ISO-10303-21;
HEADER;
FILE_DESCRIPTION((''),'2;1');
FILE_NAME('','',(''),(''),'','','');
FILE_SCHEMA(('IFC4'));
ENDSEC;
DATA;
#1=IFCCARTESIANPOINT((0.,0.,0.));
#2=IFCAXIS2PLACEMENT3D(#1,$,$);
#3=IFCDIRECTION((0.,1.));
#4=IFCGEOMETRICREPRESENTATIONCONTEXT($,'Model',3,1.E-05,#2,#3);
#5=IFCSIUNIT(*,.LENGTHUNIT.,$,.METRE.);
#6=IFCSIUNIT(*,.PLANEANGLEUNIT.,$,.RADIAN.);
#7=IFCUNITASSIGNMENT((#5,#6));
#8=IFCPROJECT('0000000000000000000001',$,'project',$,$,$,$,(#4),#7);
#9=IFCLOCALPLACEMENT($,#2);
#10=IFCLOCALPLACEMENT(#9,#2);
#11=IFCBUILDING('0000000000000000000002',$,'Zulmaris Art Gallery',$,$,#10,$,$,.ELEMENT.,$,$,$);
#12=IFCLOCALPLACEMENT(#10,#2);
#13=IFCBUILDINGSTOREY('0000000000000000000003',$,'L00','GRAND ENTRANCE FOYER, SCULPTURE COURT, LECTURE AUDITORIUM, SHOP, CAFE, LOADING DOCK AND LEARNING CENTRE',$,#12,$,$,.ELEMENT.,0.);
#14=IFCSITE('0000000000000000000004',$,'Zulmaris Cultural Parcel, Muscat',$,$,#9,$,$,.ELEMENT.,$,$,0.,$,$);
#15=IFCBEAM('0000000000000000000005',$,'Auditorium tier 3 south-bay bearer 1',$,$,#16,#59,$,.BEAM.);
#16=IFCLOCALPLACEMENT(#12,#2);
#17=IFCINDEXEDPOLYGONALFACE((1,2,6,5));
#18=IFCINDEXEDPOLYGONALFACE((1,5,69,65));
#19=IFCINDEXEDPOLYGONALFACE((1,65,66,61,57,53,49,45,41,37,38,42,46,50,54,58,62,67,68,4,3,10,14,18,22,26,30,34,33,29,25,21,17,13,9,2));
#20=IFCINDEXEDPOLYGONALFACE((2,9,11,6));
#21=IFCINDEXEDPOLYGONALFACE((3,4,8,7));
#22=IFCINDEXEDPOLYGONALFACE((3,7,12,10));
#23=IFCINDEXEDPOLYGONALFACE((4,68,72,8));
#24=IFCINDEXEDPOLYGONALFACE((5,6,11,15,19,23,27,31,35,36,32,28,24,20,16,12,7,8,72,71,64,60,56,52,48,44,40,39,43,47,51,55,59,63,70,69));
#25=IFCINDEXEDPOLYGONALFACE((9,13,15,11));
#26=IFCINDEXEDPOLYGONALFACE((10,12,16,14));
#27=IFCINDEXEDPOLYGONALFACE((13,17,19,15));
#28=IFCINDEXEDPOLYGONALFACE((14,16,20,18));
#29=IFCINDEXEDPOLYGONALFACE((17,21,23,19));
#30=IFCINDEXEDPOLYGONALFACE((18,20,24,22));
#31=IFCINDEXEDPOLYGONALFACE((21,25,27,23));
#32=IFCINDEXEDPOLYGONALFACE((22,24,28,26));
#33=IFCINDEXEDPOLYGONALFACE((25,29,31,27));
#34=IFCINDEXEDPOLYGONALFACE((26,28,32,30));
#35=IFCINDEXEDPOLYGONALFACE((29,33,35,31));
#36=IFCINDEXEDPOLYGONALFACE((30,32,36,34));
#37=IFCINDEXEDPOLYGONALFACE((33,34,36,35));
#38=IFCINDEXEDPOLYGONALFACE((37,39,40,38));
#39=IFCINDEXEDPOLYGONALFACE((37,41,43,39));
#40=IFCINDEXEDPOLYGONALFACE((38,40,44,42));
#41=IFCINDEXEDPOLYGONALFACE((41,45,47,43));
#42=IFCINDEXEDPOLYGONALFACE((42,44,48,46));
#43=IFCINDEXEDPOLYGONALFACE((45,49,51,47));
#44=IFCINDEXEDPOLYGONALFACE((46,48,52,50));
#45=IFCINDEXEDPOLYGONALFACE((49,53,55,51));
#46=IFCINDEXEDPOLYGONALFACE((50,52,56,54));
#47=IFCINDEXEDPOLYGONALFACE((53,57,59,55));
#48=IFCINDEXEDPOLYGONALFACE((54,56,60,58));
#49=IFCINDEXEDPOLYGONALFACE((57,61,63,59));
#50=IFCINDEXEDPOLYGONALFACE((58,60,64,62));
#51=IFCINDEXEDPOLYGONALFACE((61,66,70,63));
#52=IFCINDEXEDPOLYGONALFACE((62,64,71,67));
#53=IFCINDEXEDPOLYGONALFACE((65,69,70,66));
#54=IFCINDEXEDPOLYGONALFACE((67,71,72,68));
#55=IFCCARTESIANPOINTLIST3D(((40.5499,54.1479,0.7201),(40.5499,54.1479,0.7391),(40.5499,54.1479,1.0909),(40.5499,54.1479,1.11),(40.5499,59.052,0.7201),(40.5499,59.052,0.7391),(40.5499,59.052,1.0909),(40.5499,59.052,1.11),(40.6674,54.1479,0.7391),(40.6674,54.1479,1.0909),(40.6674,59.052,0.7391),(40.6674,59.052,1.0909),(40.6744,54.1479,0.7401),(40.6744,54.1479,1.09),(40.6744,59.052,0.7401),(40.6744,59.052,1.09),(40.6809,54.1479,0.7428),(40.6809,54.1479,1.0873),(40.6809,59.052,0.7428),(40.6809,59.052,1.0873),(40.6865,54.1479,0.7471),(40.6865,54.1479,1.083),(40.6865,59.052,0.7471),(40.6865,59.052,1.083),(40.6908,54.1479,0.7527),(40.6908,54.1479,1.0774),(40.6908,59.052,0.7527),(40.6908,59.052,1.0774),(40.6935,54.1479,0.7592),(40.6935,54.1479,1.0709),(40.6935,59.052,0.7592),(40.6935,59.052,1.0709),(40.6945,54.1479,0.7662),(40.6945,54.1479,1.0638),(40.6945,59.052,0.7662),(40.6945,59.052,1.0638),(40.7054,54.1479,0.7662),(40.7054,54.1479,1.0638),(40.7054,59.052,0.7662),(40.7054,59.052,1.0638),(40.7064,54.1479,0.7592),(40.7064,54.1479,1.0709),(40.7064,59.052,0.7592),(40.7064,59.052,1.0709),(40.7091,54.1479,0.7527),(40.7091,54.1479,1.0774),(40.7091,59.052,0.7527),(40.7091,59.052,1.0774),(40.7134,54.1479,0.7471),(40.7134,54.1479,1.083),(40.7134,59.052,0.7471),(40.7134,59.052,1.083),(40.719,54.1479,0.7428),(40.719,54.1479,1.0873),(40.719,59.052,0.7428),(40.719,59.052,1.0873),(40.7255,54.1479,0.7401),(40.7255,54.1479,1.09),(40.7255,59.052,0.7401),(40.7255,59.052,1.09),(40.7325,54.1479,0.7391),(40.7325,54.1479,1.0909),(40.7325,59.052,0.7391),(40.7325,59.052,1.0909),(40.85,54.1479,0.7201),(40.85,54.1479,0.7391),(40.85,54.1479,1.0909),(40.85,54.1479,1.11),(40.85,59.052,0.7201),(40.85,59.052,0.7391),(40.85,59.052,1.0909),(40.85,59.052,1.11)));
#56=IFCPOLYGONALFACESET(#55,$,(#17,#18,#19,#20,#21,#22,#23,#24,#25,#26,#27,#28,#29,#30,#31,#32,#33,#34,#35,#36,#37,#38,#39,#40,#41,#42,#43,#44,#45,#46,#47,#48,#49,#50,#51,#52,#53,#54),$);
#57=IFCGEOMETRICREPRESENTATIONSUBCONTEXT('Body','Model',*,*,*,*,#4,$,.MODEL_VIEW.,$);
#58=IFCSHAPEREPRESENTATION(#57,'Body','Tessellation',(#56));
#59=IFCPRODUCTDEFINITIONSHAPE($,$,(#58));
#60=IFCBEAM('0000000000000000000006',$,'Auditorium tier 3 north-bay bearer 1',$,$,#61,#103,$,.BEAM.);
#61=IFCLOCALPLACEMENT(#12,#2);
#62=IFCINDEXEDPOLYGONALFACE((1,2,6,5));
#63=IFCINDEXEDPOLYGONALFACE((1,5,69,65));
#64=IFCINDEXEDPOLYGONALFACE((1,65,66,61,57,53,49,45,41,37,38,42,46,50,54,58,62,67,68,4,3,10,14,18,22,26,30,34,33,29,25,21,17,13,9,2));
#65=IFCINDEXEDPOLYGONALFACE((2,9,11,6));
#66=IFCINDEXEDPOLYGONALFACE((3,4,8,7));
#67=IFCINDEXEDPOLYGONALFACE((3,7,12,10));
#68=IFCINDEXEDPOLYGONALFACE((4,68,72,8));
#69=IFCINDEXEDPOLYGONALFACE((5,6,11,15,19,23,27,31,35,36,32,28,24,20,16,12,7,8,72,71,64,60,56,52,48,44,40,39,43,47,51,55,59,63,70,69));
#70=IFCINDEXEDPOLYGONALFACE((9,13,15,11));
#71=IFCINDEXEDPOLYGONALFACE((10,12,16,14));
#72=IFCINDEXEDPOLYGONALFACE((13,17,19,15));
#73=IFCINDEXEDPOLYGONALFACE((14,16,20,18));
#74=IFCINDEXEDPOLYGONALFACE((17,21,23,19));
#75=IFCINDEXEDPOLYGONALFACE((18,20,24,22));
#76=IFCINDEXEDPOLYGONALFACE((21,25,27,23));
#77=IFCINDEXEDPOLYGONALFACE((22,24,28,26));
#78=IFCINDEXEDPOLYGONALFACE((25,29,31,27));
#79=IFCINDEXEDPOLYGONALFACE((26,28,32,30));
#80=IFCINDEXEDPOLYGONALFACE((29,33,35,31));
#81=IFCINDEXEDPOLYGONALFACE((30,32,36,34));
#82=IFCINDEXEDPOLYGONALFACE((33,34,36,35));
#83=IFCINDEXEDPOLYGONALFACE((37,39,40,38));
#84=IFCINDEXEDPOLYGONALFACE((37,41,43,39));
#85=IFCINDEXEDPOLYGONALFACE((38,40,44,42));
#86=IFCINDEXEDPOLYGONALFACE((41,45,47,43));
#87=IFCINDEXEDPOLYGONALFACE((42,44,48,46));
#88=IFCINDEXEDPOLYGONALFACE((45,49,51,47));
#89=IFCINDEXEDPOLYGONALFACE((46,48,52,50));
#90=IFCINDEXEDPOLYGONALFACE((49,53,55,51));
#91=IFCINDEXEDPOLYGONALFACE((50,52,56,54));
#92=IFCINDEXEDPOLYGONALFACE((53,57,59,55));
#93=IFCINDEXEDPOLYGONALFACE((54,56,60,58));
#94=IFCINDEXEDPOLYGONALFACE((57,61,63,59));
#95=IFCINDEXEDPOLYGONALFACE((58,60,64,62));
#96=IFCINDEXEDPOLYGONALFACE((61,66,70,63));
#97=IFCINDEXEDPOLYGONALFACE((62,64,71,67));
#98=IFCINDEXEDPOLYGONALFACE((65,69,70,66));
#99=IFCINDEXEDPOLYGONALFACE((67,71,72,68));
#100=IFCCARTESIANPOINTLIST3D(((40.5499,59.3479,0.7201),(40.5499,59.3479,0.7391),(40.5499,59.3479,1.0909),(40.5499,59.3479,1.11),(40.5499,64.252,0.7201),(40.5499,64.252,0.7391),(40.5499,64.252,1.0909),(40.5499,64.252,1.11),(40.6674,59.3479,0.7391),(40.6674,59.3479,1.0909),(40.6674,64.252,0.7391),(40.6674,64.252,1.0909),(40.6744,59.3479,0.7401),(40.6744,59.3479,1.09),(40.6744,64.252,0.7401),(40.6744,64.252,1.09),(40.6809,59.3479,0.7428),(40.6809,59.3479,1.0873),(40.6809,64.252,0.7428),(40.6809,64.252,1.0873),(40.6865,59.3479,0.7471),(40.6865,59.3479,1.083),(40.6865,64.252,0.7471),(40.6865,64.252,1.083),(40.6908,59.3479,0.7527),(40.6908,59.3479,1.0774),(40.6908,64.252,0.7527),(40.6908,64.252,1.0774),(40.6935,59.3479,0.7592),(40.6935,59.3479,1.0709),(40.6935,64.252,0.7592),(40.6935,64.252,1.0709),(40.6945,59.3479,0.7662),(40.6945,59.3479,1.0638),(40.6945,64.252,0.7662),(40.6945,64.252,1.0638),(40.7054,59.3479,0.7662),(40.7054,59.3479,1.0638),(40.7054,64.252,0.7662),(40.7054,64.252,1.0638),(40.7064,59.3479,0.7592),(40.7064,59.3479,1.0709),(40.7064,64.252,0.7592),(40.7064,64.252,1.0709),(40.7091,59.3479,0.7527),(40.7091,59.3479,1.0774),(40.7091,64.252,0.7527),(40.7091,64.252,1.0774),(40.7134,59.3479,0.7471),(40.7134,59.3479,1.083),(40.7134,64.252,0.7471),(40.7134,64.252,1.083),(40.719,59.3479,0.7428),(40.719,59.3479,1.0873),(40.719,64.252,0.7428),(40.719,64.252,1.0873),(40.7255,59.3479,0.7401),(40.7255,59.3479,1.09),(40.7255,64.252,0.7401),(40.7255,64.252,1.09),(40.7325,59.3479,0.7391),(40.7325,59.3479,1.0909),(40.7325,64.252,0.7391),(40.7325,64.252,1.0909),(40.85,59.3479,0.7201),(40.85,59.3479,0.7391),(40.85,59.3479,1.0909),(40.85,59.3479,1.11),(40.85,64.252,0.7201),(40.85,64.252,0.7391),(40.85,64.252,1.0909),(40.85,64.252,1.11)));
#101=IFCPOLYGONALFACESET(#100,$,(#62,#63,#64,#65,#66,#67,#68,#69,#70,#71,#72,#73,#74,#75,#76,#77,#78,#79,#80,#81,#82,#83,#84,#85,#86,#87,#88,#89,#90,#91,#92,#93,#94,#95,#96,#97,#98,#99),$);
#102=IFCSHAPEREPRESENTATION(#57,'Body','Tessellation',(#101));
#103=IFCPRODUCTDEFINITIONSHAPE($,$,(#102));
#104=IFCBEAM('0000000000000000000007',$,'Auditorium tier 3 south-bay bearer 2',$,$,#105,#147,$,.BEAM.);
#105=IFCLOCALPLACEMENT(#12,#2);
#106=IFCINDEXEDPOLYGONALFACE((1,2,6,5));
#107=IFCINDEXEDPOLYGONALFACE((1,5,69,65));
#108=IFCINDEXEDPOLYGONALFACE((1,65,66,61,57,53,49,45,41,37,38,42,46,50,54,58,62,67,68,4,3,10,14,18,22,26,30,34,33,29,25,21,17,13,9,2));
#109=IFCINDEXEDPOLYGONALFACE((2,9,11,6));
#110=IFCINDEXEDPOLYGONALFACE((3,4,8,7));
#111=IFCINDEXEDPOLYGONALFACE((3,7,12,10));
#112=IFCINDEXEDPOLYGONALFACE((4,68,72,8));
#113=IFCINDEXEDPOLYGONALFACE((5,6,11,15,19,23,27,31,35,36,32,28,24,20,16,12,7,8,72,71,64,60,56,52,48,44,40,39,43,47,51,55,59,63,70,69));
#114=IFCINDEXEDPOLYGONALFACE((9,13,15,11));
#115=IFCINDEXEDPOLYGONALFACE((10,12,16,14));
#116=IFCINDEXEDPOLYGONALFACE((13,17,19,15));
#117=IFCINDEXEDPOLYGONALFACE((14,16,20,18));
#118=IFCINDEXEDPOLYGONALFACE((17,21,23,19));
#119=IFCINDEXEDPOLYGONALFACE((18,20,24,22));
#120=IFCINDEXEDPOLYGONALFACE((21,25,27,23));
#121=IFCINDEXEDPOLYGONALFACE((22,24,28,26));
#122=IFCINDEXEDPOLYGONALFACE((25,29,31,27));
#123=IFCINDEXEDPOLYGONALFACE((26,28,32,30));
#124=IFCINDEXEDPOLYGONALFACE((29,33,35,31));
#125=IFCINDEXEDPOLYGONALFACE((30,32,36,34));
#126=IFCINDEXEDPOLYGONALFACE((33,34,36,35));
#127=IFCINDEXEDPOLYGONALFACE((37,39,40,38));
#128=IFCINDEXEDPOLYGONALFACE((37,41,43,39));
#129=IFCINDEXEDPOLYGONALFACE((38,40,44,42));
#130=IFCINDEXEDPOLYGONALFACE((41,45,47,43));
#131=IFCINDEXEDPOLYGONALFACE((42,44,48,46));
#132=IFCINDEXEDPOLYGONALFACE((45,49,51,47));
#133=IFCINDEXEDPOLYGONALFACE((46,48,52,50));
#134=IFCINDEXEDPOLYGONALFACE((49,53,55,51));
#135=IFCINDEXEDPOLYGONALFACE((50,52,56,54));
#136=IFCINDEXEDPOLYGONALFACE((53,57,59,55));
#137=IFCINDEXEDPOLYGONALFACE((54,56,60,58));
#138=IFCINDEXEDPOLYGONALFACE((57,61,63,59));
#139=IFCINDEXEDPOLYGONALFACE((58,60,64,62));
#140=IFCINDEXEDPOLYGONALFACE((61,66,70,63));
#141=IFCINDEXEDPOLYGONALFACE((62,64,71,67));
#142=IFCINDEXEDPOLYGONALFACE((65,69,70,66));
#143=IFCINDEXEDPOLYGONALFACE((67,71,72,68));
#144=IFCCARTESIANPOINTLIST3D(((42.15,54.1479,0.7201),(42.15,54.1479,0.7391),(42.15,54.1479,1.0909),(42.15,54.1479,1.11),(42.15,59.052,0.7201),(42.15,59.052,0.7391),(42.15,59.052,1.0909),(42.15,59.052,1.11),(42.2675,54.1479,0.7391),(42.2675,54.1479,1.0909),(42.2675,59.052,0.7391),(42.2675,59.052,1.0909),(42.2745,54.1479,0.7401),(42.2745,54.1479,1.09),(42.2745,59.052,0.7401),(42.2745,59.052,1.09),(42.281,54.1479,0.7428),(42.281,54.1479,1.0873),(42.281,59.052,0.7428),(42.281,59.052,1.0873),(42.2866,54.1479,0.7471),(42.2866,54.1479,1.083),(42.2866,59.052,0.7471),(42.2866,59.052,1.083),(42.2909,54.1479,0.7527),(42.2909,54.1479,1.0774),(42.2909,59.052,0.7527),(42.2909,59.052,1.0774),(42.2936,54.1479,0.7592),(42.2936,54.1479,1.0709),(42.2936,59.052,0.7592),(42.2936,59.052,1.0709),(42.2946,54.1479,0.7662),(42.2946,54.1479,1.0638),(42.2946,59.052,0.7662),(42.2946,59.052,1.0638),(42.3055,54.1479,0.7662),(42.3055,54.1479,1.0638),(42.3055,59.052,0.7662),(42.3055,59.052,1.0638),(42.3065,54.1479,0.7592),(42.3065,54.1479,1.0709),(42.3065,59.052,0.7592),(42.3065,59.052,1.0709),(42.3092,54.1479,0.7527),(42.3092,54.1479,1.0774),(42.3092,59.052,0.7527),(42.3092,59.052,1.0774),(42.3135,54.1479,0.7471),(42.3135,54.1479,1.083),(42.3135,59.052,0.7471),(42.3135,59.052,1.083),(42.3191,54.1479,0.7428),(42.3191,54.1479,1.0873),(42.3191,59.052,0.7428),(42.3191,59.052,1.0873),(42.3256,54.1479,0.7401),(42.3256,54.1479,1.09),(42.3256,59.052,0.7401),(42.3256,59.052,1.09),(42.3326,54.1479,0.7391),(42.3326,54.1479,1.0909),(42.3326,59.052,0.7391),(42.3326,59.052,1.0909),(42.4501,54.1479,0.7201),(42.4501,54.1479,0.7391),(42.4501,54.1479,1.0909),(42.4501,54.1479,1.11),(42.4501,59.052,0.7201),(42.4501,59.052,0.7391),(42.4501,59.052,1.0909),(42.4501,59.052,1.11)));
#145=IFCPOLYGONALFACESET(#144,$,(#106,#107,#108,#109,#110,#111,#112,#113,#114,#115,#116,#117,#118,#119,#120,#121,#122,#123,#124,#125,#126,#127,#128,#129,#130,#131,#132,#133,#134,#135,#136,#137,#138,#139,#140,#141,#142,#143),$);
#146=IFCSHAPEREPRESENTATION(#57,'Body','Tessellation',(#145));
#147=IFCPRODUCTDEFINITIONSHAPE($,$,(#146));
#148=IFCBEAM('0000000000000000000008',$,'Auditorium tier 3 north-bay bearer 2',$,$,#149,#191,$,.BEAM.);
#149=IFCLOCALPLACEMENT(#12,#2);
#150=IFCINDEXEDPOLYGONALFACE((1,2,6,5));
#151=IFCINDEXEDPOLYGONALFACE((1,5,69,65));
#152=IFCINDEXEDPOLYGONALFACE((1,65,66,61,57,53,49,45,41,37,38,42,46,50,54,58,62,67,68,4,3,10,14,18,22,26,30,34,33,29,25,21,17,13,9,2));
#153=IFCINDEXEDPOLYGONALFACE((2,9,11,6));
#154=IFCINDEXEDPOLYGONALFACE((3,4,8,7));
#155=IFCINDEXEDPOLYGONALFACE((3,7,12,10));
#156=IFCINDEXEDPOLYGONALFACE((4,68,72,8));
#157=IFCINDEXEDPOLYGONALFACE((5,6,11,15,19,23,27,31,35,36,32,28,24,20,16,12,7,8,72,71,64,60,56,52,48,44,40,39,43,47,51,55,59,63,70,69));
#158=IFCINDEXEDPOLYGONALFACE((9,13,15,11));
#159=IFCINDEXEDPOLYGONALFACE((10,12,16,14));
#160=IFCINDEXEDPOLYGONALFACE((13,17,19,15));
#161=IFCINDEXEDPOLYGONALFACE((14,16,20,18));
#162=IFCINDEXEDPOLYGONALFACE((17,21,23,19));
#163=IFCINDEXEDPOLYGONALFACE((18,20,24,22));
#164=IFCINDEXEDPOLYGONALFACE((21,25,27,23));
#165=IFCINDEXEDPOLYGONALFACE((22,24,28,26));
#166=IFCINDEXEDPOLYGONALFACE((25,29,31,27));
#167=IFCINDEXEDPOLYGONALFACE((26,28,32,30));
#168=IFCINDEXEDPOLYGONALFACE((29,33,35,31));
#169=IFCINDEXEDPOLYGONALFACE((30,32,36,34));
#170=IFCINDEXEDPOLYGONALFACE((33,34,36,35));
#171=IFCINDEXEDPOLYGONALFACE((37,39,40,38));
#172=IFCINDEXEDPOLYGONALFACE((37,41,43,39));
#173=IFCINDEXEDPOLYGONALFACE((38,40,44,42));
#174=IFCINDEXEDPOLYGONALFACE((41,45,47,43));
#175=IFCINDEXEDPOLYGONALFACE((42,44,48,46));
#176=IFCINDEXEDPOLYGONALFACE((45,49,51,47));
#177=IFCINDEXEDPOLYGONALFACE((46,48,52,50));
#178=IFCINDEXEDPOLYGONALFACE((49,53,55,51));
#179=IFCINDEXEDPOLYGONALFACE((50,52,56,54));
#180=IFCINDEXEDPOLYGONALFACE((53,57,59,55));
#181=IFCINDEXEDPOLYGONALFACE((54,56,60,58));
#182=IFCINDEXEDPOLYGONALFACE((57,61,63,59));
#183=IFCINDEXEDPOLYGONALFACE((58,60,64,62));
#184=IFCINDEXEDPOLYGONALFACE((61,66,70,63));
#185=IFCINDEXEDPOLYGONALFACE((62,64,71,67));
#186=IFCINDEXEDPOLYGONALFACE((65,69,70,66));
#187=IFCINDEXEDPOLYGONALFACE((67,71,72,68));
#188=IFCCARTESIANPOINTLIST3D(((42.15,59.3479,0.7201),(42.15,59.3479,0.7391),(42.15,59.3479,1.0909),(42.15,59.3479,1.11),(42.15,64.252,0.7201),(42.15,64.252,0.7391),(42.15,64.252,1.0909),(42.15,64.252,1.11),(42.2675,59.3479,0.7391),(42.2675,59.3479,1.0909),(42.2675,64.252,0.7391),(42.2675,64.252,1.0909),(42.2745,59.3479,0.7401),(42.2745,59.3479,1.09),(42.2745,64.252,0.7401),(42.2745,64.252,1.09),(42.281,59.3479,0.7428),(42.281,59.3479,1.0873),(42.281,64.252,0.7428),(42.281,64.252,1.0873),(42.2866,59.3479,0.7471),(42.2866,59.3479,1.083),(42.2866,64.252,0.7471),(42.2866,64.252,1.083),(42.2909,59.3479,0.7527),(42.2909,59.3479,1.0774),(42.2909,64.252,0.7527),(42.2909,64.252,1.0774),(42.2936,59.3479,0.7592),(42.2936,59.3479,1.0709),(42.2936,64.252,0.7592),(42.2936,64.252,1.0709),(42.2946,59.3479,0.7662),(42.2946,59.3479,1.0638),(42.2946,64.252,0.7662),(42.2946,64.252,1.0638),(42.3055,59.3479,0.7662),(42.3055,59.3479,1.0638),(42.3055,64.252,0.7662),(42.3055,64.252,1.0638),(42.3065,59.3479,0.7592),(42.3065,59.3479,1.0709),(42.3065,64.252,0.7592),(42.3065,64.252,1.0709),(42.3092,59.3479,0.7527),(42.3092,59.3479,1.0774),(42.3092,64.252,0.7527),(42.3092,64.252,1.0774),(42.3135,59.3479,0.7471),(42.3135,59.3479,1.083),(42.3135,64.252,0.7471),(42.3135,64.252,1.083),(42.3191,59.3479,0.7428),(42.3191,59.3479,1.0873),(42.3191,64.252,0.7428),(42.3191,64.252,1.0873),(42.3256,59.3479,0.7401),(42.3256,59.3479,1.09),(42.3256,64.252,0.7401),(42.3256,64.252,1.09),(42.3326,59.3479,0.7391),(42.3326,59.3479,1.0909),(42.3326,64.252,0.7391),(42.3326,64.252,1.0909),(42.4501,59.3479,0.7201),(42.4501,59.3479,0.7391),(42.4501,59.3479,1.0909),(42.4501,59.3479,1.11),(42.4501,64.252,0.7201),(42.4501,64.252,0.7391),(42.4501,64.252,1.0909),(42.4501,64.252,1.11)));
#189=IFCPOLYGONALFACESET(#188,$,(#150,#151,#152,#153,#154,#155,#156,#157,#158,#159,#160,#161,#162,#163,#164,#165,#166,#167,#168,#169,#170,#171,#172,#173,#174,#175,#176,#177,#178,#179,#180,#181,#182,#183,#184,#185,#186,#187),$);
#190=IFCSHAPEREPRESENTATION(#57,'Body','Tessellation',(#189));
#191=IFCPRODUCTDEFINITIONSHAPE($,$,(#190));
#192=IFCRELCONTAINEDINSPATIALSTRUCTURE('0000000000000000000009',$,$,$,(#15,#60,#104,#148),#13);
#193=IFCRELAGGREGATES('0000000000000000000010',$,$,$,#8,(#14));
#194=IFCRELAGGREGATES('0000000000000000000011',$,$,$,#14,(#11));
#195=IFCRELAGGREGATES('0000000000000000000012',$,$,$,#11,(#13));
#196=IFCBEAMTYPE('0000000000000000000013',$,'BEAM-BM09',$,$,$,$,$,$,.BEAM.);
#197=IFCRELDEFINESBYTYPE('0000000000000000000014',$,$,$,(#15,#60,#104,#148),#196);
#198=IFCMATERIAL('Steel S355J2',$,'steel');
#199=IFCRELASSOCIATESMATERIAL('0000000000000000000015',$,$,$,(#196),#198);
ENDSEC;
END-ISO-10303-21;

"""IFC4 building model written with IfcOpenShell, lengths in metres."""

from ifc_helpers import new_model, si_unit, direction, frame, origin, origin_2d, place, context, subcontext, project, spatial, i_section, extrude, material, material_profile, profile_set, type_object, element, save


model = new_model("IFC4")

# Units and contexts
model_context = context("Model", 3, precision=1e-05, world=origin(), true_north=direction((0.0, 1.0)))
body_context = subcontext(model_context, "Body", "Model", "MODEL_VIEW")
ifc_project = project(units=[si_unit("LENGTHUNIT", "METRE"), si_unit("PLANEANGLEUNIT", "RADIAN")], contexts=[model_context])

# Site, building, storey
site_placement = place(None, origin())
site = spatial("IfcSite", under=ifc_project, at=site_placement, Name="Zulmaris Cultural Parcel, Muscat", CompositionType="ELEMENT", RefElevation=0.0)
building_placement = place(site_placement, origin())
building = spatial("IfcBuilding", under=site, at=building_placement, Name="Zulmaris Art Gallery", CompositionType="ELEMENT")
storey_placement = place(building_placement, origin())
storey = spatial("IfcBuildingStorey", under=building, at=storey_placement, Name="L00", Description="GRAND ENTRANCE FOYER, SCULPTURE COURT, LECTURE AUDITORIUM, SHOP, CAFE, LOADING DOCK AND LEARNING CENTRE", CompositionType="ELEMENT", Elevation=0.0)

# Beams
ifc_material_1 = material(Name="Steel S355J2", Category="steel")
ifc_material_profile_1 = material_profile(ifc_material_1, i_section(OverallWidth=0.3, OverallDepth=0.3899, WebThickness=0.011, FlangeThickness=0.019, FilletRadius=0.0271, at=origin_2d()), Name="HEA 400")
ifc_profile_set_1 = profile_set([ifc_material_profile_1], Name="Steel S355J2")
beam_type_1 = type_object("IfcBeamType", Name="BEAM-BM09", PredefinedType="BEAM", material=ifc_profile_set_1)
for number, where, z_axis, x_axis, name in (
    (1, (40.7, 54.1479, 0.915), (0.0, 1.0, 0.0), (-1.0, 0.0, 0.0), "Auditorium tier 3 south-bay bearer 1"),
    (2, (40.7, 59.3479, 0.915), (0.0, 1.0, 0.0), (-1.0, 0.0, 0.0), "Auditorium tier 3 north-bay bearer 1"),
    (3, (42.3, 54.1479, 0.915), (0.0, 1.0, 0.0), (-1.0, 0.0, 0.0), "Auditorium tier 3 south-bay bearer 2"),
    (4, (42.3, 59.3479, 0.915), (0.0, 1.0, 0.0), (-1.0, 0.0, 0.0), "Auditorium tier 3 north-bay bearer 2"),
):
    element("IfcBeam", number, at=place(storey_placement, frame(where, z_axis=z_axis, x_axis=x_axis)), inside=storey, type_object=beam_type_1, Name=name, PredefinedType="BEAM", context=body_context, shape_type="SweptSolid", body=[
        extrude(i_section(OverallWidth=0.3, OverallDepth=0.3899, WebThickness=0.011, FlangeThickness=0.019, FilletRadius=0.0271, at=origin_2d()), origin(), (0.0, 0.0, 1.0), 4.9041),
    ])

save(model, "model.ifc")
